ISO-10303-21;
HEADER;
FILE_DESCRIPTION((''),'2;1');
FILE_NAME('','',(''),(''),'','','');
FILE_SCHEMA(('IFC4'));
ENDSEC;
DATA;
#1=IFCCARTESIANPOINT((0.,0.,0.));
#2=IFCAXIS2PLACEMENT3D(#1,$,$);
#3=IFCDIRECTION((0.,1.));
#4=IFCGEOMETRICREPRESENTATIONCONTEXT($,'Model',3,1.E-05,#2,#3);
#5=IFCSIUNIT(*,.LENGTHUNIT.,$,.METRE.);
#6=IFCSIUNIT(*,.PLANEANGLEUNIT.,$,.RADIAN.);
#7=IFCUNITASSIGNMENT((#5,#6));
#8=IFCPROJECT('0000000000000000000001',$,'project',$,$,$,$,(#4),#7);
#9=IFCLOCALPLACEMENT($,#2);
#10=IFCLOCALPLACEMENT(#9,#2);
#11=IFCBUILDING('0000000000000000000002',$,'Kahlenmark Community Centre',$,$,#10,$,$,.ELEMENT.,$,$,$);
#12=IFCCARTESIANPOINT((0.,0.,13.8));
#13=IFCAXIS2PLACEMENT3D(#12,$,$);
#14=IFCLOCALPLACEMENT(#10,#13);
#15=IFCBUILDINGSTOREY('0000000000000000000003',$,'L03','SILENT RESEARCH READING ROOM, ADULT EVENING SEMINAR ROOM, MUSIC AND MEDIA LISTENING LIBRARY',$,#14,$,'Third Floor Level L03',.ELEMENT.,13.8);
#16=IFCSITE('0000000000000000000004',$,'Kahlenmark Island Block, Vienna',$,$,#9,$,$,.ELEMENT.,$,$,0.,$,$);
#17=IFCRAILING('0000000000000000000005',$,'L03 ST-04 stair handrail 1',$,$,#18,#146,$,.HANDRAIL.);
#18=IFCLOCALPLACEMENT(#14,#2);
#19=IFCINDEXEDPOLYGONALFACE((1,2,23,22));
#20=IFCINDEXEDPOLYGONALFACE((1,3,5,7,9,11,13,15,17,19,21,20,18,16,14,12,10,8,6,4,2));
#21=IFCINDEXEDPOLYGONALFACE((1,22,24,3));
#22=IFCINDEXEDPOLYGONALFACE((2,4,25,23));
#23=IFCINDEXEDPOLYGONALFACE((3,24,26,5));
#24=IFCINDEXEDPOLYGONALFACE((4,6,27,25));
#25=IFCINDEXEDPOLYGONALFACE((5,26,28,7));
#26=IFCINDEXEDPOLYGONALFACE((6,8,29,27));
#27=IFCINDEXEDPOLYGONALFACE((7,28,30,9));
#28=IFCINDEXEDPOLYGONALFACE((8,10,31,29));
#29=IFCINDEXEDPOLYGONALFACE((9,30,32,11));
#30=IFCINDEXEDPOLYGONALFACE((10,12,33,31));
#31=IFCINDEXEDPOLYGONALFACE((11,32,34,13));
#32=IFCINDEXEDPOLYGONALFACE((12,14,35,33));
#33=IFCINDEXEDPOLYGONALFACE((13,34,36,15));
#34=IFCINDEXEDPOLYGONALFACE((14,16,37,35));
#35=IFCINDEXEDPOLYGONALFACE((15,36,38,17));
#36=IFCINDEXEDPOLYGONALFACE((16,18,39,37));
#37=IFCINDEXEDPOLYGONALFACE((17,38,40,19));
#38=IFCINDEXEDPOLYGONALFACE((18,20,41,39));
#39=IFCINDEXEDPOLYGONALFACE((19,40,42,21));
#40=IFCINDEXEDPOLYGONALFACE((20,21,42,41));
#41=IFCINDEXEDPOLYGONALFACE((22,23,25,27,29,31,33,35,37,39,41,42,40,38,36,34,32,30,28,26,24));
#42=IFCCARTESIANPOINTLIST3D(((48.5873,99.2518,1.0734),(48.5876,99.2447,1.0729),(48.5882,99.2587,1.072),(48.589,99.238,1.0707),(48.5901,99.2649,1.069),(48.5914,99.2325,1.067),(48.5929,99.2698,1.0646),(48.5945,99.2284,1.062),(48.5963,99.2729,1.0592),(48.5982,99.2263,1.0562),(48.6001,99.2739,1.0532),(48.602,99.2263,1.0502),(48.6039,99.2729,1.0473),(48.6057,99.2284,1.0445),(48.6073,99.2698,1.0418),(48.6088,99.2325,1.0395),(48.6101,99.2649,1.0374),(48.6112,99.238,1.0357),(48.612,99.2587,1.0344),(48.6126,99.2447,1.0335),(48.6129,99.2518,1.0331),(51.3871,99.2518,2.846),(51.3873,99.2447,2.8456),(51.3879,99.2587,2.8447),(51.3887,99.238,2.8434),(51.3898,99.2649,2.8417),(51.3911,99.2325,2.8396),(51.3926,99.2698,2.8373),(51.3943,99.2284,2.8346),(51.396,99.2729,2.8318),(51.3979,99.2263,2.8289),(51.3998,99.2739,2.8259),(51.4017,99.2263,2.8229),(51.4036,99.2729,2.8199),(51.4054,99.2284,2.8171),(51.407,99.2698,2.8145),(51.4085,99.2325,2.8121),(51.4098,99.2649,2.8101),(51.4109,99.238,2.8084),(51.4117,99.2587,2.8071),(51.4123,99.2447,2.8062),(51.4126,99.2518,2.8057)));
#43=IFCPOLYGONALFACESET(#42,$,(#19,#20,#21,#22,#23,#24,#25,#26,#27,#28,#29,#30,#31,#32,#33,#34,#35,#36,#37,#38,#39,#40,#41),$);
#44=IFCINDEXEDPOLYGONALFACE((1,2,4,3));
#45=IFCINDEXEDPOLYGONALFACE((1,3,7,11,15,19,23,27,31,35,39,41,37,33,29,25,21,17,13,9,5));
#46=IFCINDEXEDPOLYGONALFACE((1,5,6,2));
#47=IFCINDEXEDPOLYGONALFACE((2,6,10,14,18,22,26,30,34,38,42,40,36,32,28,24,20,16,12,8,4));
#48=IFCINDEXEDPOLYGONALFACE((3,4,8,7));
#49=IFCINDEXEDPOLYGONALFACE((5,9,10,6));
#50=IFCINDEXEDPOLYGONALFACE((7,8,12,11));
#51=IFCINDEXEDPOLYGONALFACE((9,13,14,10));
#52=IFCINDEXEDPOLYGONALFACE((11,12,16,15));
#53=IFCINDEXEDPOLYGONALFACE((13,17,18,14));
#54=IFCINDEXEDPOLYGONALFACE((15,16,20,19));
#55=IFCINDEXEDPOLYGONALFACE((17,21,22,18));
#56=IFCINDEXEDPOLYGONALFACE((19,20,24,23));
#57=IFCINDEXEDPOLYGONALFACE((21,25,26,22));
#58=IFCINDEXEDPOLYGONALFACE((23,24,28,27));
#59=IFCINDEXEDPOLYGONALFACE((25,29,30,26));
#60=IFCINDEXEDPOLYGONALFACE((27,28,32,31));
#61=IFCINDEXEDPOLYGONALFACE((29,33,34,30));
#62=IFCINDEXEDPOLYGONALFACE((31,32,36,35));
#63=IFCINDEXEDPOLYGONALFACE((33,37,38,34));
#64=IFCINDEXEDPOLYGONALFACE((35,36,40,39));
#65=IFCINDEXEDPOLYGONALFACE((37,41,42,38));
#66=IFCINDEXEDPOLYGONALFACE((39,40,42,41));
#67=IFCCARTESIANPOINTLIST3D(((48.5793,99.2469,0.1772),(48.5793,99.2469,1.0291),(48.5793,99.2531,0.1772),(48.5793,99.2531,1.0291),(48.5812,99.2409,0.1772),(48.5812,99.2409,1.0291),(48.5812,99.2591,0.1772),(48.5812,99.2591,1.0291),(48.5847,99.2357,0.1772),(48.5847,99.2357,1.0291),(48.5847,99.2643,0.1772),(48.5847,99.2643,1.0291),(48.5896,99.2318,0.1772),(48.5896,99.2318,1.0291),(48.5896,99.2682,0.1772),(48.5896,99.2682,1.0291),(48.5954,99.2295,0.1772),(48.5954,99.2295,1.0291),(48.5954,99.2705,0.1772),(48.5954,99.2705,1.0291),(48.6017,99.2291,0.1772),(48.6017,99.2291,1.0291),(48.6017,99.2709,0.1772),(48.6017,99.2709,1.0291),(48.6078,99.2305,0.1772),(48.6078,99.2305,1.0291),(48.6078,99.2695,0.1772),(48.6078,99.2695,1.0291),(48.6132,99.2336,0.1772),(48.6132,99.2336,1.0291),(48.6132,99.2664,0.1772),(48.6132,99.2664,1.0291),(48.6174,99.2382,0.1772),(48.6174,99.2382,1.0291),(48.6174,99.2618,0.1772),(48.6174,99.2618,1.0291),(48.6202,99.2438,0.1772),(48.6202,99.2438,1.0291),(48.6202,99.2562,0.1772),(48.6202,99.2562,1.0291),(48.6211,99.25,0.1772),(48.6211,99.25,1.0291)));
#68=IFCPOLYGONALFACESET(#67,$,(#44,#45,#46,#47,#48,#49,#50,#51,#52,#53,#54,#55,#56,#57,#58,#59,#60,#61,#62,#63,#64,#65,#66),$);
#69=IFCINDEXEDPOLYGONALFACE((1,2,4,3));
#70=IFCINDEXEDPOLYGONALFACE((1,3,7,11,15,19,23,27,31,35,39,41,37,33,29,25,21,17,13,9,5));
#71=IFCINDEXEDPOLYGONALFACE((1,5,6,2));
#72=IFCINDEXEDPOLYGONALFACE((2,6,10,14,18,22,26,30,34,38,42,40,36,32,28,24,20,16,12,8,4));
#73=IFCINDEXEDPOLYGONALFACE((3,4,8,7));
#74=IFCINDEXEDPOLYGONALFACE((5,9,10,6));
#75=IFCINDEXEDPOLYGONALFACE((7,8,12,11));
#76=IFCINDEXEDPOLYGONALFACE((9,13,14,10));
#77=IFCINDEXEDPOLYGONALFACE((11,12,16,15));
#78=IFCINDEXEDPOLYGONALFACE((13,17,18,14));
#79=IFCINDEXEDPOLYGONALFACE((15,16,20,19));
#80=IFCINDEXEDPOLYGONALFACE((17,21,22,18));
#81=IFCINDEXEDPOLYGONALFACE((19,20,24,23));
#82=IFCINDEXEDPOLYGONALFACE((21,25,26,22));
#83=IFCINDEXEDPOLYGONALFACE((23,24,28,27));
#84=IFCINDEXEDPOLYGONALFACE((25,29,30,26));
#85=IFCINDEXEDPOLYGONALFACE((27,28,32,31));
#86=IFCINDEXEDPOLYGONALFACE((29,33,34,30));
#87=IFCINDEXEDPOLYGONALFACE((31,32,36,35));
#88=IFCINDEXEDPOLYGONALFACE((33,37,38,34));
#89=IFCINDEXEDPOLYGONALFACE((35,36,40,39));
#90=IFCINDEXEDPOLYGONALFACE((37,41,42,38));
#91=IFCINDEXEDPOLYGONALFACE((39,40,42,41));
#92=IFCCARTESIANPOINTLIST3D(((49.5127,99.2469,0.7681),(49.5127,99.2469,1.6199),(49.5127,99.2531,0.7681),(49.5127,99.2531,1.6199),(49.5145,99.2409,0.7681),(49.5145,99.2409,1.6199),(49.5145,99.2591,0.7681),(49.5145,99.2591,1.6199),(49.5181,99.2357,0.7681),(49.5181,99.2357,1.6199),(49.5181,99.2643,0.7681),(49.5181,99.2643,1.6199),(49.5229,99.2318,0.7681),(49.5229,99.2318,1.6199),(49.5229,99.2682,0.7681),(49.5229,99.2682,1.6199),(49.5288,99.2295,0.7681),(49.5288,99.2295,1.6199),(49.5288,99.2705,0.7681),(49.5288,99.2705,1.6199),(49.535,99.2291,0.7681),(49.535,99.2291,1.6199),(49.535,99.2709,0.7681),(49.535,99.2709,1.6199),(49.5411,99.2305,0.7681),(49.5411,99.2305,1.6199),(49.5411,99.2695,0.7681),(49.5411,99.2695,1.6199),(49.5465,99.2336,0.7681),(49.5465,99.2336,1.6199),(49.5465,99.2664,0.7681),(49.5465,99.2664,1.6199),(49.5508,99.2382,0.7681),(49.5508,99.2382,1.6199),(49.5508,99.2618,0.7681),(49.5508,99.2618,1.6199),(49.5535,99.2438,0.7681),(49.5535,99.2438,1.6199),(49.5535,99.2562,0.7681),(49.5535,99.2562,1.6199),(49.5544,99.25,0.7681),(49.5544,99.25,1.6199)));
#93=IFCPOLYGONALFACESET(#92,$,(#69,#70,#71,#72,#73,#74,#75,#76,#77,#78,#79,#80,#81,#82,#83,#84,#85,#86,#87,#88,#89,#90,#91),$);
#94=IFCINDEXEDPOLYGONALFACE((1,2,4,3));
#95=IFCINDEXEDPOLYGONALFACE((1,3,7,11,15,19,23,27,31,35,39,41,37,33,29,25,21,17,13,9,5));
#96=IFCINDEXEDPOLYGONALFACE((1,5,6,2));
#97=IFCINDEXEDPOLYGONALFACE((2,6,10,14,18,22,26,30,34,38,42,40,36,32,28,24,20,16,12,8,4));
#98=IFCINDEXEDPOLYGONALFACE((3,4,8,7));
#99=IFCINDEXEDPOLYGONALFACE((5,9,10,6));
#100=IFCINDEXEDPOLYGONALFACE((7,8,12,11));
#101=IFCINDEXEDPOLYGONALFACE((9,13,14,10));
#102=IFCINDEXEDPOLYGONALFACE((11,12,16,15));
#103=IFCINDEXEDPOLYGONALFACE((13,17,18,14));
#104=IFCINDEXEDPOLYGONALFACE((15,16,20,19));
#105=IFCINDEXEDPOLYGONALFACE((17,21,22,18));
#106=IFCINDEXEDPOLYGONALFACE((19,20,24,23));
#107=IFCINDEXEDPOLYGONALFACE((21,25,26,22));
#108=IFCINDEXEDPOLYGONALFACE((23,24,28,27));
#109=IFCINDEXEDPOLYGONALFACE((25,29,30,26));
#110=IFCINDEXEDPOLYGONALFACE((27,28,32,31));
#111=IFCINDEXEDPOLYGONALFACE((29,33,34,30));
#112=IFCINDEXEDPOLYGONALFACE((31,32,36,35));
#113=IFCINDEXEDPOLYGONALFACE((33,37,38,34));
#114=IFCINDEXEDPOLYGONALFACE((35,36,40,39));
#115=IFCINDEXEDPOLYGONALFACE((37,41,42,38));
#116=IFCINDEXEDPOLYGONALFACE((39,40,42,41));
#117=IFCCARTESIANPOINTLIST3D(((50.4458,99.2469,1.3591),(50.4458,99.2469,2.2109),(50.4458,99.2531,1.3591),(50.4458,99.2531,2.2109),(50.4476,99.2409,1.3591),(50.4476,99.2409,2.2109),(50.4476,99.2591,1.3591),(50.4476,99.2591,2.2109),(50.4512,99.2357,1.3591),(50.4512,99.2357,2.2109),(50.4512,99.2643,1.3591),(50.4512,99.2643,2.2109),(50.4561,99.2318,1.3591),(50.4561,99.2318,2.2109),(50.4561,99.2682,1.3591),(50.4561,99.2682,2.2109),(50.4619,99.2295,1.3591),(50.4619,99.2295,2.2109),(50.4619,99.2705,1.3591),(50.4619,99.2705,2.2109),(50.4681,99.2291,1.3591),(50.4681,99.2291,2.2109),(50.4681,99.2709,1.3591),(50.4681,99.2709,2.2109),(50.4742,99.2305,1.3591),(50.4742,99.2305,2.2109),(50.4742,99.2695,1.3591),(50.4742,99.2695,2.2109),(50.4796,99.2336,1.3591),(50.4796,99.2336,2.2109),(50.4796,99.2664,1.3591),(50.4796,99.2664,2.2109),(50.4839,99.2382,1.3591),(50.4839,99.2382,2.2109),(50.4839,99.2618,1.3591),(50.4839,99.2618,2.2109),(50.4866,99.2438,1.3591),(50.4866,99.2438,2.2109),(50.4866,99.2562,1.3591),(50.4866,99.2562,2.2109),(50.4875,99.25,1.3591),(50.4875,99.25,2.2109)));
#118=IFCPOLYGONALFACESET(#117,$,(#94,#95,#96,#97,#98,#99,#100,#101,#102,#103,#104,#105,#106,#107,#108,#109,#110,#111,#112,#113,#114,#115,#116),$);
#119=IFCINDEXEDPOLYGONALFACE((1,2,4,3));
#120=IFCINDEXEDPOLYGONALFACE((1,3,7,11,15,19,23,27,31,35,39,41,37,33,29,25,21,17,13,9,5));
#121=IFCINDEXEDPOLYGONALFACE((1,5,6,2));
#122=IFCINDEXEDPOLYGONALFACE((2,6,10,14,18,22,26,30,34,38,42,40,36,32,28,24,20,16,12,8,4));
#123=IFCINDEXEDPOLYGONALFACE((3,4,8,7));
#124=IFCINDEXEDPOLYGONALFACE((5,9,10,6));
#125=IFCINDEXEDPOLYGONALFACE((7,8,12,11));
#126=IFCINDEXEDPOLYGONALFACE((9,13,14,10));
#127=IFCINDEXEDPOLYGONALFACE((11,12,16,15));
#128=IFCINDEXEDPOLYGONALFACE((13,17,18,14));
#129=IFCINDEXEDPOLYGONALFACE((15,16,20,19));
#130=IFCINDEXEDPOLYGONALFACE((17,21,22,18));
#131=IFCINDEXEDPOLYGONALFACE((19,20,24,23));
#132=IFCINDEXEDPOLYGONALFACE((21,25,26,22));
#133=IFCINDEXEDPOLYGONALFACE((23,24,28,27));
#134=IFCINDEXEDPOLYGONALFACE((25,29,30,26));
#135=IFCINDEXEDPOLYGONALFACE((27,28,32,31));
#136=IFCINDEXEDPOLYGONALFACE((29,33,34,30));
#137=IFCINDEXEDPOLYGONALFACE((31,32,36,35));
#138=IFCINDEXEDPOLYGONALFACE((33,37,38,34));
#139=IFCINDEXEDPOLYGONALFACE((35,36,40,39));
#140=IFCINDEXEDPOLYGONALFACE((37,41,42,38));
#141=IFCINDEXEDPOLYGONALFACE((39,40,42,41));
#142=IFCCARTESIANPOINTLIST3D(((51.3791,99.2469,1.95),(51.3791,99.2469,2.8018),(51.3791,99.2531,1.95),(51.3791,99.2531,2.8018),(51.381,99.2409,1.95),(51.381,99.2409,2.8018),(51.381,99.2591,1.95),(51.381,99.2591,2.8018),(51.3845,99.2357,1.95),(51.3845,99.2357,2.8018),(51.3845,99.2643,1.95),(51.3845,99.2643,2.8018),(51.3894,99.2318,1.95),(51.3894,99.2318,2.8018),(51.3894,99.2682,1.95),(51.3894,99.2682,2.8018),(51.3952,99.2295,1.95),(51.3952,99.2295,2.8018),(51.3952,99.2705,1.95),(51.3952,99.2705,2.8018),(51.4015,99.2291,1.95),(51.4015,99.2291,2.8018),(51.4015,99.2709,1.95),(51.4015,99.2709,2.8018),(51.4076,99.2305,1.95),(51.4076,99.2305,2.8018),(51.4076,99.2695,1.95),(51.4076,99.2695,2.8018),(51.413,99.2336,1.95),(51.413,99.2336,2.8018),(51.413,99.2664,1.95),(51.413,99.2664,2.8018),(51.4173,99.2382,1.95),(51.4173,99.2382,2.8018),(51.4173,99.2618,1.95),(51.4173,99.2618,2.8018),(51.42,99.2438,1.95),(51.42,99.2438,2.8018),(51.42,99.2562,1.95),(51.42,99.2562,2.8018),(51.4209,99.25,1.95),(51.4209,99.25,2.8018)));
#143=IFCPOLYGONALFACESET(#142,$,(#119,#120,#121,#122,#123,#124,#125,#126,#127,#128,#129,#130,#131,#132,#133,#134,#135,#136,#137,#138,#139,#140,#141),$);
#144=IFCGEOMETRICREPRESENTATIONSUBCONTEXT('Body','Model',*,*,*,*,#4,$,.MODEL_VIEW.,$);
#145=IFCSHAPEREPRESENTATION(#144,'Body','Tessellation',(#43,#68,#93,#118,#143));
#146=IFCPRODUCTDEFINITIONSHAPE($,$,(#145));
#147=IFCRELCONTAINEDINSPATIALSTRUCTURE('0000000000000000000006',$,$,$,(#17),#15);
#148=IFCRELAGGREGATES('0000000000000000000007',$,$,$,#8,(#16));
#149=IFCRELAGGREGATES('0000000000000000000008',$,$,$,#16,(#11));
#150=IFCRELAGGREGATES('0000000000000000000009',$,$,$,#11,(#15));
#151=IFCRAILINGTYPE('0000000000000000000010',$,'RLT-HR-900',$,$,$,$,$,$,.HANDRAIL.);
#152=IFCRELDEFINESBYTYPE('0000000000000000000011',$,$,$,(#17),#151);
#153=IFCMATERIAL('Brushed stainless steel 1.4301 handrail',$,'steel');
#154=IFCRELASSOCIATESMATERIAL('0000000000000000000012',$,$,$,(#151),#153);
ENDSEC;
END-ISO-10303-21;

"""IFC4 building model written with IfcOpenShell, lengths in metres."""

from ifc_helpers import new_model, si_unit, direction, frame, origin, origin_2d, place, context, subcontext, project, spatial, circle, extrude, material, type_object, element, save


model = new_model("IFC4")

# Units and contexts
model_context = context("Model", 3, precision=1e-05, world=origin(), true_north=direction((0.0, 1.0)))
body_context = subcontext(model_context, "Body", "Model", "MODEL_VIEW")
ifc_project = project(units=[si_unit("LENGTHUNIT", "METRE"), si_unit("PLANEANGLEUNIT", "RADIAN")], contexts=[model_context])

# Site, building, storey
site_placement = place(None, origin())
site = spatial("IfcSite", under=ifc_project, at=site_placement, Name="Kahlenmark Island Block, Vienna", CompositionType="ELEMENT", RefElevation=0.0)
building_placement = place(site_placement, origin())
building = spatial("IfcBuilding", under=site, at=building_placement, Name="Kahlenmark Community Centre", CompositionType="ELEMENT")
storey_placement = place(building_placement, frame((0.0, 0.0, 13.8)))
storey = spatial("IfcBuildingStorey", under=building, at=storey_placement, Name="L03", Description="SILENT RESEARCH READING ROOM, ADULT EVENING SEMINAR ROOM, MUSIC AND MEDIA LISTENING LIBRARY", LongName="Third Floor Level L03", CompositionType="ELEMENT", Elevation=13.8)

# Railing
ifc_material_1 = material(Name="Brushed stainless steel 1.4301 handrail", Category="steel")
railing_type = type_object("IfcRailingType", Name="RLT-HR-900", PredefinedType="HANDRAIL", material=ifc_material_1)
railing_placement = place(storey_placement, frame((48.6001, 99.25, 0.1772)))
element("IfcRailing", 1, at=railing_placement, inside=storey, type_object=railing_type, Name="L03 ST-04 stair handrail 1", PredefinedType="HANDRAIL", context=body_context, shape_type="SweptSolid", body=[
    extrude(circle(Radius=0.0239, at=origin_2d()), frame((0.0, 0.0, 0.876), z_axis=(0.844888, 0.0, 0.534943), x_axis=(0.0, 1.0, 0.0)), (0.0, 0.0, 1.0), 3.3137),
    extrude(circle(Radius=0.021, at=origin_2d()), origin(), (0.0, 0.0, 1.0), 0.8518),
    extrude(circle(Radius=0.021, at=origin_2d()), frame((0.9333, 0.0, 0.5908)), (0.0, 0.0, 1.0), 0.8518),
    extrude(circle(Radius=0.021, at=origin_2d()), frame((1.8665, 0.0, 1.1819)), (0.0, 0.0, 1.0), 0.8518),
    extrude(circle(Radius=0.021, at=origin_2d()), frame((2.7998, 0.0, 1.7727)), (0.0, 0.0, 1.0), 0.8518),
])

save(model, "model.ifc")
